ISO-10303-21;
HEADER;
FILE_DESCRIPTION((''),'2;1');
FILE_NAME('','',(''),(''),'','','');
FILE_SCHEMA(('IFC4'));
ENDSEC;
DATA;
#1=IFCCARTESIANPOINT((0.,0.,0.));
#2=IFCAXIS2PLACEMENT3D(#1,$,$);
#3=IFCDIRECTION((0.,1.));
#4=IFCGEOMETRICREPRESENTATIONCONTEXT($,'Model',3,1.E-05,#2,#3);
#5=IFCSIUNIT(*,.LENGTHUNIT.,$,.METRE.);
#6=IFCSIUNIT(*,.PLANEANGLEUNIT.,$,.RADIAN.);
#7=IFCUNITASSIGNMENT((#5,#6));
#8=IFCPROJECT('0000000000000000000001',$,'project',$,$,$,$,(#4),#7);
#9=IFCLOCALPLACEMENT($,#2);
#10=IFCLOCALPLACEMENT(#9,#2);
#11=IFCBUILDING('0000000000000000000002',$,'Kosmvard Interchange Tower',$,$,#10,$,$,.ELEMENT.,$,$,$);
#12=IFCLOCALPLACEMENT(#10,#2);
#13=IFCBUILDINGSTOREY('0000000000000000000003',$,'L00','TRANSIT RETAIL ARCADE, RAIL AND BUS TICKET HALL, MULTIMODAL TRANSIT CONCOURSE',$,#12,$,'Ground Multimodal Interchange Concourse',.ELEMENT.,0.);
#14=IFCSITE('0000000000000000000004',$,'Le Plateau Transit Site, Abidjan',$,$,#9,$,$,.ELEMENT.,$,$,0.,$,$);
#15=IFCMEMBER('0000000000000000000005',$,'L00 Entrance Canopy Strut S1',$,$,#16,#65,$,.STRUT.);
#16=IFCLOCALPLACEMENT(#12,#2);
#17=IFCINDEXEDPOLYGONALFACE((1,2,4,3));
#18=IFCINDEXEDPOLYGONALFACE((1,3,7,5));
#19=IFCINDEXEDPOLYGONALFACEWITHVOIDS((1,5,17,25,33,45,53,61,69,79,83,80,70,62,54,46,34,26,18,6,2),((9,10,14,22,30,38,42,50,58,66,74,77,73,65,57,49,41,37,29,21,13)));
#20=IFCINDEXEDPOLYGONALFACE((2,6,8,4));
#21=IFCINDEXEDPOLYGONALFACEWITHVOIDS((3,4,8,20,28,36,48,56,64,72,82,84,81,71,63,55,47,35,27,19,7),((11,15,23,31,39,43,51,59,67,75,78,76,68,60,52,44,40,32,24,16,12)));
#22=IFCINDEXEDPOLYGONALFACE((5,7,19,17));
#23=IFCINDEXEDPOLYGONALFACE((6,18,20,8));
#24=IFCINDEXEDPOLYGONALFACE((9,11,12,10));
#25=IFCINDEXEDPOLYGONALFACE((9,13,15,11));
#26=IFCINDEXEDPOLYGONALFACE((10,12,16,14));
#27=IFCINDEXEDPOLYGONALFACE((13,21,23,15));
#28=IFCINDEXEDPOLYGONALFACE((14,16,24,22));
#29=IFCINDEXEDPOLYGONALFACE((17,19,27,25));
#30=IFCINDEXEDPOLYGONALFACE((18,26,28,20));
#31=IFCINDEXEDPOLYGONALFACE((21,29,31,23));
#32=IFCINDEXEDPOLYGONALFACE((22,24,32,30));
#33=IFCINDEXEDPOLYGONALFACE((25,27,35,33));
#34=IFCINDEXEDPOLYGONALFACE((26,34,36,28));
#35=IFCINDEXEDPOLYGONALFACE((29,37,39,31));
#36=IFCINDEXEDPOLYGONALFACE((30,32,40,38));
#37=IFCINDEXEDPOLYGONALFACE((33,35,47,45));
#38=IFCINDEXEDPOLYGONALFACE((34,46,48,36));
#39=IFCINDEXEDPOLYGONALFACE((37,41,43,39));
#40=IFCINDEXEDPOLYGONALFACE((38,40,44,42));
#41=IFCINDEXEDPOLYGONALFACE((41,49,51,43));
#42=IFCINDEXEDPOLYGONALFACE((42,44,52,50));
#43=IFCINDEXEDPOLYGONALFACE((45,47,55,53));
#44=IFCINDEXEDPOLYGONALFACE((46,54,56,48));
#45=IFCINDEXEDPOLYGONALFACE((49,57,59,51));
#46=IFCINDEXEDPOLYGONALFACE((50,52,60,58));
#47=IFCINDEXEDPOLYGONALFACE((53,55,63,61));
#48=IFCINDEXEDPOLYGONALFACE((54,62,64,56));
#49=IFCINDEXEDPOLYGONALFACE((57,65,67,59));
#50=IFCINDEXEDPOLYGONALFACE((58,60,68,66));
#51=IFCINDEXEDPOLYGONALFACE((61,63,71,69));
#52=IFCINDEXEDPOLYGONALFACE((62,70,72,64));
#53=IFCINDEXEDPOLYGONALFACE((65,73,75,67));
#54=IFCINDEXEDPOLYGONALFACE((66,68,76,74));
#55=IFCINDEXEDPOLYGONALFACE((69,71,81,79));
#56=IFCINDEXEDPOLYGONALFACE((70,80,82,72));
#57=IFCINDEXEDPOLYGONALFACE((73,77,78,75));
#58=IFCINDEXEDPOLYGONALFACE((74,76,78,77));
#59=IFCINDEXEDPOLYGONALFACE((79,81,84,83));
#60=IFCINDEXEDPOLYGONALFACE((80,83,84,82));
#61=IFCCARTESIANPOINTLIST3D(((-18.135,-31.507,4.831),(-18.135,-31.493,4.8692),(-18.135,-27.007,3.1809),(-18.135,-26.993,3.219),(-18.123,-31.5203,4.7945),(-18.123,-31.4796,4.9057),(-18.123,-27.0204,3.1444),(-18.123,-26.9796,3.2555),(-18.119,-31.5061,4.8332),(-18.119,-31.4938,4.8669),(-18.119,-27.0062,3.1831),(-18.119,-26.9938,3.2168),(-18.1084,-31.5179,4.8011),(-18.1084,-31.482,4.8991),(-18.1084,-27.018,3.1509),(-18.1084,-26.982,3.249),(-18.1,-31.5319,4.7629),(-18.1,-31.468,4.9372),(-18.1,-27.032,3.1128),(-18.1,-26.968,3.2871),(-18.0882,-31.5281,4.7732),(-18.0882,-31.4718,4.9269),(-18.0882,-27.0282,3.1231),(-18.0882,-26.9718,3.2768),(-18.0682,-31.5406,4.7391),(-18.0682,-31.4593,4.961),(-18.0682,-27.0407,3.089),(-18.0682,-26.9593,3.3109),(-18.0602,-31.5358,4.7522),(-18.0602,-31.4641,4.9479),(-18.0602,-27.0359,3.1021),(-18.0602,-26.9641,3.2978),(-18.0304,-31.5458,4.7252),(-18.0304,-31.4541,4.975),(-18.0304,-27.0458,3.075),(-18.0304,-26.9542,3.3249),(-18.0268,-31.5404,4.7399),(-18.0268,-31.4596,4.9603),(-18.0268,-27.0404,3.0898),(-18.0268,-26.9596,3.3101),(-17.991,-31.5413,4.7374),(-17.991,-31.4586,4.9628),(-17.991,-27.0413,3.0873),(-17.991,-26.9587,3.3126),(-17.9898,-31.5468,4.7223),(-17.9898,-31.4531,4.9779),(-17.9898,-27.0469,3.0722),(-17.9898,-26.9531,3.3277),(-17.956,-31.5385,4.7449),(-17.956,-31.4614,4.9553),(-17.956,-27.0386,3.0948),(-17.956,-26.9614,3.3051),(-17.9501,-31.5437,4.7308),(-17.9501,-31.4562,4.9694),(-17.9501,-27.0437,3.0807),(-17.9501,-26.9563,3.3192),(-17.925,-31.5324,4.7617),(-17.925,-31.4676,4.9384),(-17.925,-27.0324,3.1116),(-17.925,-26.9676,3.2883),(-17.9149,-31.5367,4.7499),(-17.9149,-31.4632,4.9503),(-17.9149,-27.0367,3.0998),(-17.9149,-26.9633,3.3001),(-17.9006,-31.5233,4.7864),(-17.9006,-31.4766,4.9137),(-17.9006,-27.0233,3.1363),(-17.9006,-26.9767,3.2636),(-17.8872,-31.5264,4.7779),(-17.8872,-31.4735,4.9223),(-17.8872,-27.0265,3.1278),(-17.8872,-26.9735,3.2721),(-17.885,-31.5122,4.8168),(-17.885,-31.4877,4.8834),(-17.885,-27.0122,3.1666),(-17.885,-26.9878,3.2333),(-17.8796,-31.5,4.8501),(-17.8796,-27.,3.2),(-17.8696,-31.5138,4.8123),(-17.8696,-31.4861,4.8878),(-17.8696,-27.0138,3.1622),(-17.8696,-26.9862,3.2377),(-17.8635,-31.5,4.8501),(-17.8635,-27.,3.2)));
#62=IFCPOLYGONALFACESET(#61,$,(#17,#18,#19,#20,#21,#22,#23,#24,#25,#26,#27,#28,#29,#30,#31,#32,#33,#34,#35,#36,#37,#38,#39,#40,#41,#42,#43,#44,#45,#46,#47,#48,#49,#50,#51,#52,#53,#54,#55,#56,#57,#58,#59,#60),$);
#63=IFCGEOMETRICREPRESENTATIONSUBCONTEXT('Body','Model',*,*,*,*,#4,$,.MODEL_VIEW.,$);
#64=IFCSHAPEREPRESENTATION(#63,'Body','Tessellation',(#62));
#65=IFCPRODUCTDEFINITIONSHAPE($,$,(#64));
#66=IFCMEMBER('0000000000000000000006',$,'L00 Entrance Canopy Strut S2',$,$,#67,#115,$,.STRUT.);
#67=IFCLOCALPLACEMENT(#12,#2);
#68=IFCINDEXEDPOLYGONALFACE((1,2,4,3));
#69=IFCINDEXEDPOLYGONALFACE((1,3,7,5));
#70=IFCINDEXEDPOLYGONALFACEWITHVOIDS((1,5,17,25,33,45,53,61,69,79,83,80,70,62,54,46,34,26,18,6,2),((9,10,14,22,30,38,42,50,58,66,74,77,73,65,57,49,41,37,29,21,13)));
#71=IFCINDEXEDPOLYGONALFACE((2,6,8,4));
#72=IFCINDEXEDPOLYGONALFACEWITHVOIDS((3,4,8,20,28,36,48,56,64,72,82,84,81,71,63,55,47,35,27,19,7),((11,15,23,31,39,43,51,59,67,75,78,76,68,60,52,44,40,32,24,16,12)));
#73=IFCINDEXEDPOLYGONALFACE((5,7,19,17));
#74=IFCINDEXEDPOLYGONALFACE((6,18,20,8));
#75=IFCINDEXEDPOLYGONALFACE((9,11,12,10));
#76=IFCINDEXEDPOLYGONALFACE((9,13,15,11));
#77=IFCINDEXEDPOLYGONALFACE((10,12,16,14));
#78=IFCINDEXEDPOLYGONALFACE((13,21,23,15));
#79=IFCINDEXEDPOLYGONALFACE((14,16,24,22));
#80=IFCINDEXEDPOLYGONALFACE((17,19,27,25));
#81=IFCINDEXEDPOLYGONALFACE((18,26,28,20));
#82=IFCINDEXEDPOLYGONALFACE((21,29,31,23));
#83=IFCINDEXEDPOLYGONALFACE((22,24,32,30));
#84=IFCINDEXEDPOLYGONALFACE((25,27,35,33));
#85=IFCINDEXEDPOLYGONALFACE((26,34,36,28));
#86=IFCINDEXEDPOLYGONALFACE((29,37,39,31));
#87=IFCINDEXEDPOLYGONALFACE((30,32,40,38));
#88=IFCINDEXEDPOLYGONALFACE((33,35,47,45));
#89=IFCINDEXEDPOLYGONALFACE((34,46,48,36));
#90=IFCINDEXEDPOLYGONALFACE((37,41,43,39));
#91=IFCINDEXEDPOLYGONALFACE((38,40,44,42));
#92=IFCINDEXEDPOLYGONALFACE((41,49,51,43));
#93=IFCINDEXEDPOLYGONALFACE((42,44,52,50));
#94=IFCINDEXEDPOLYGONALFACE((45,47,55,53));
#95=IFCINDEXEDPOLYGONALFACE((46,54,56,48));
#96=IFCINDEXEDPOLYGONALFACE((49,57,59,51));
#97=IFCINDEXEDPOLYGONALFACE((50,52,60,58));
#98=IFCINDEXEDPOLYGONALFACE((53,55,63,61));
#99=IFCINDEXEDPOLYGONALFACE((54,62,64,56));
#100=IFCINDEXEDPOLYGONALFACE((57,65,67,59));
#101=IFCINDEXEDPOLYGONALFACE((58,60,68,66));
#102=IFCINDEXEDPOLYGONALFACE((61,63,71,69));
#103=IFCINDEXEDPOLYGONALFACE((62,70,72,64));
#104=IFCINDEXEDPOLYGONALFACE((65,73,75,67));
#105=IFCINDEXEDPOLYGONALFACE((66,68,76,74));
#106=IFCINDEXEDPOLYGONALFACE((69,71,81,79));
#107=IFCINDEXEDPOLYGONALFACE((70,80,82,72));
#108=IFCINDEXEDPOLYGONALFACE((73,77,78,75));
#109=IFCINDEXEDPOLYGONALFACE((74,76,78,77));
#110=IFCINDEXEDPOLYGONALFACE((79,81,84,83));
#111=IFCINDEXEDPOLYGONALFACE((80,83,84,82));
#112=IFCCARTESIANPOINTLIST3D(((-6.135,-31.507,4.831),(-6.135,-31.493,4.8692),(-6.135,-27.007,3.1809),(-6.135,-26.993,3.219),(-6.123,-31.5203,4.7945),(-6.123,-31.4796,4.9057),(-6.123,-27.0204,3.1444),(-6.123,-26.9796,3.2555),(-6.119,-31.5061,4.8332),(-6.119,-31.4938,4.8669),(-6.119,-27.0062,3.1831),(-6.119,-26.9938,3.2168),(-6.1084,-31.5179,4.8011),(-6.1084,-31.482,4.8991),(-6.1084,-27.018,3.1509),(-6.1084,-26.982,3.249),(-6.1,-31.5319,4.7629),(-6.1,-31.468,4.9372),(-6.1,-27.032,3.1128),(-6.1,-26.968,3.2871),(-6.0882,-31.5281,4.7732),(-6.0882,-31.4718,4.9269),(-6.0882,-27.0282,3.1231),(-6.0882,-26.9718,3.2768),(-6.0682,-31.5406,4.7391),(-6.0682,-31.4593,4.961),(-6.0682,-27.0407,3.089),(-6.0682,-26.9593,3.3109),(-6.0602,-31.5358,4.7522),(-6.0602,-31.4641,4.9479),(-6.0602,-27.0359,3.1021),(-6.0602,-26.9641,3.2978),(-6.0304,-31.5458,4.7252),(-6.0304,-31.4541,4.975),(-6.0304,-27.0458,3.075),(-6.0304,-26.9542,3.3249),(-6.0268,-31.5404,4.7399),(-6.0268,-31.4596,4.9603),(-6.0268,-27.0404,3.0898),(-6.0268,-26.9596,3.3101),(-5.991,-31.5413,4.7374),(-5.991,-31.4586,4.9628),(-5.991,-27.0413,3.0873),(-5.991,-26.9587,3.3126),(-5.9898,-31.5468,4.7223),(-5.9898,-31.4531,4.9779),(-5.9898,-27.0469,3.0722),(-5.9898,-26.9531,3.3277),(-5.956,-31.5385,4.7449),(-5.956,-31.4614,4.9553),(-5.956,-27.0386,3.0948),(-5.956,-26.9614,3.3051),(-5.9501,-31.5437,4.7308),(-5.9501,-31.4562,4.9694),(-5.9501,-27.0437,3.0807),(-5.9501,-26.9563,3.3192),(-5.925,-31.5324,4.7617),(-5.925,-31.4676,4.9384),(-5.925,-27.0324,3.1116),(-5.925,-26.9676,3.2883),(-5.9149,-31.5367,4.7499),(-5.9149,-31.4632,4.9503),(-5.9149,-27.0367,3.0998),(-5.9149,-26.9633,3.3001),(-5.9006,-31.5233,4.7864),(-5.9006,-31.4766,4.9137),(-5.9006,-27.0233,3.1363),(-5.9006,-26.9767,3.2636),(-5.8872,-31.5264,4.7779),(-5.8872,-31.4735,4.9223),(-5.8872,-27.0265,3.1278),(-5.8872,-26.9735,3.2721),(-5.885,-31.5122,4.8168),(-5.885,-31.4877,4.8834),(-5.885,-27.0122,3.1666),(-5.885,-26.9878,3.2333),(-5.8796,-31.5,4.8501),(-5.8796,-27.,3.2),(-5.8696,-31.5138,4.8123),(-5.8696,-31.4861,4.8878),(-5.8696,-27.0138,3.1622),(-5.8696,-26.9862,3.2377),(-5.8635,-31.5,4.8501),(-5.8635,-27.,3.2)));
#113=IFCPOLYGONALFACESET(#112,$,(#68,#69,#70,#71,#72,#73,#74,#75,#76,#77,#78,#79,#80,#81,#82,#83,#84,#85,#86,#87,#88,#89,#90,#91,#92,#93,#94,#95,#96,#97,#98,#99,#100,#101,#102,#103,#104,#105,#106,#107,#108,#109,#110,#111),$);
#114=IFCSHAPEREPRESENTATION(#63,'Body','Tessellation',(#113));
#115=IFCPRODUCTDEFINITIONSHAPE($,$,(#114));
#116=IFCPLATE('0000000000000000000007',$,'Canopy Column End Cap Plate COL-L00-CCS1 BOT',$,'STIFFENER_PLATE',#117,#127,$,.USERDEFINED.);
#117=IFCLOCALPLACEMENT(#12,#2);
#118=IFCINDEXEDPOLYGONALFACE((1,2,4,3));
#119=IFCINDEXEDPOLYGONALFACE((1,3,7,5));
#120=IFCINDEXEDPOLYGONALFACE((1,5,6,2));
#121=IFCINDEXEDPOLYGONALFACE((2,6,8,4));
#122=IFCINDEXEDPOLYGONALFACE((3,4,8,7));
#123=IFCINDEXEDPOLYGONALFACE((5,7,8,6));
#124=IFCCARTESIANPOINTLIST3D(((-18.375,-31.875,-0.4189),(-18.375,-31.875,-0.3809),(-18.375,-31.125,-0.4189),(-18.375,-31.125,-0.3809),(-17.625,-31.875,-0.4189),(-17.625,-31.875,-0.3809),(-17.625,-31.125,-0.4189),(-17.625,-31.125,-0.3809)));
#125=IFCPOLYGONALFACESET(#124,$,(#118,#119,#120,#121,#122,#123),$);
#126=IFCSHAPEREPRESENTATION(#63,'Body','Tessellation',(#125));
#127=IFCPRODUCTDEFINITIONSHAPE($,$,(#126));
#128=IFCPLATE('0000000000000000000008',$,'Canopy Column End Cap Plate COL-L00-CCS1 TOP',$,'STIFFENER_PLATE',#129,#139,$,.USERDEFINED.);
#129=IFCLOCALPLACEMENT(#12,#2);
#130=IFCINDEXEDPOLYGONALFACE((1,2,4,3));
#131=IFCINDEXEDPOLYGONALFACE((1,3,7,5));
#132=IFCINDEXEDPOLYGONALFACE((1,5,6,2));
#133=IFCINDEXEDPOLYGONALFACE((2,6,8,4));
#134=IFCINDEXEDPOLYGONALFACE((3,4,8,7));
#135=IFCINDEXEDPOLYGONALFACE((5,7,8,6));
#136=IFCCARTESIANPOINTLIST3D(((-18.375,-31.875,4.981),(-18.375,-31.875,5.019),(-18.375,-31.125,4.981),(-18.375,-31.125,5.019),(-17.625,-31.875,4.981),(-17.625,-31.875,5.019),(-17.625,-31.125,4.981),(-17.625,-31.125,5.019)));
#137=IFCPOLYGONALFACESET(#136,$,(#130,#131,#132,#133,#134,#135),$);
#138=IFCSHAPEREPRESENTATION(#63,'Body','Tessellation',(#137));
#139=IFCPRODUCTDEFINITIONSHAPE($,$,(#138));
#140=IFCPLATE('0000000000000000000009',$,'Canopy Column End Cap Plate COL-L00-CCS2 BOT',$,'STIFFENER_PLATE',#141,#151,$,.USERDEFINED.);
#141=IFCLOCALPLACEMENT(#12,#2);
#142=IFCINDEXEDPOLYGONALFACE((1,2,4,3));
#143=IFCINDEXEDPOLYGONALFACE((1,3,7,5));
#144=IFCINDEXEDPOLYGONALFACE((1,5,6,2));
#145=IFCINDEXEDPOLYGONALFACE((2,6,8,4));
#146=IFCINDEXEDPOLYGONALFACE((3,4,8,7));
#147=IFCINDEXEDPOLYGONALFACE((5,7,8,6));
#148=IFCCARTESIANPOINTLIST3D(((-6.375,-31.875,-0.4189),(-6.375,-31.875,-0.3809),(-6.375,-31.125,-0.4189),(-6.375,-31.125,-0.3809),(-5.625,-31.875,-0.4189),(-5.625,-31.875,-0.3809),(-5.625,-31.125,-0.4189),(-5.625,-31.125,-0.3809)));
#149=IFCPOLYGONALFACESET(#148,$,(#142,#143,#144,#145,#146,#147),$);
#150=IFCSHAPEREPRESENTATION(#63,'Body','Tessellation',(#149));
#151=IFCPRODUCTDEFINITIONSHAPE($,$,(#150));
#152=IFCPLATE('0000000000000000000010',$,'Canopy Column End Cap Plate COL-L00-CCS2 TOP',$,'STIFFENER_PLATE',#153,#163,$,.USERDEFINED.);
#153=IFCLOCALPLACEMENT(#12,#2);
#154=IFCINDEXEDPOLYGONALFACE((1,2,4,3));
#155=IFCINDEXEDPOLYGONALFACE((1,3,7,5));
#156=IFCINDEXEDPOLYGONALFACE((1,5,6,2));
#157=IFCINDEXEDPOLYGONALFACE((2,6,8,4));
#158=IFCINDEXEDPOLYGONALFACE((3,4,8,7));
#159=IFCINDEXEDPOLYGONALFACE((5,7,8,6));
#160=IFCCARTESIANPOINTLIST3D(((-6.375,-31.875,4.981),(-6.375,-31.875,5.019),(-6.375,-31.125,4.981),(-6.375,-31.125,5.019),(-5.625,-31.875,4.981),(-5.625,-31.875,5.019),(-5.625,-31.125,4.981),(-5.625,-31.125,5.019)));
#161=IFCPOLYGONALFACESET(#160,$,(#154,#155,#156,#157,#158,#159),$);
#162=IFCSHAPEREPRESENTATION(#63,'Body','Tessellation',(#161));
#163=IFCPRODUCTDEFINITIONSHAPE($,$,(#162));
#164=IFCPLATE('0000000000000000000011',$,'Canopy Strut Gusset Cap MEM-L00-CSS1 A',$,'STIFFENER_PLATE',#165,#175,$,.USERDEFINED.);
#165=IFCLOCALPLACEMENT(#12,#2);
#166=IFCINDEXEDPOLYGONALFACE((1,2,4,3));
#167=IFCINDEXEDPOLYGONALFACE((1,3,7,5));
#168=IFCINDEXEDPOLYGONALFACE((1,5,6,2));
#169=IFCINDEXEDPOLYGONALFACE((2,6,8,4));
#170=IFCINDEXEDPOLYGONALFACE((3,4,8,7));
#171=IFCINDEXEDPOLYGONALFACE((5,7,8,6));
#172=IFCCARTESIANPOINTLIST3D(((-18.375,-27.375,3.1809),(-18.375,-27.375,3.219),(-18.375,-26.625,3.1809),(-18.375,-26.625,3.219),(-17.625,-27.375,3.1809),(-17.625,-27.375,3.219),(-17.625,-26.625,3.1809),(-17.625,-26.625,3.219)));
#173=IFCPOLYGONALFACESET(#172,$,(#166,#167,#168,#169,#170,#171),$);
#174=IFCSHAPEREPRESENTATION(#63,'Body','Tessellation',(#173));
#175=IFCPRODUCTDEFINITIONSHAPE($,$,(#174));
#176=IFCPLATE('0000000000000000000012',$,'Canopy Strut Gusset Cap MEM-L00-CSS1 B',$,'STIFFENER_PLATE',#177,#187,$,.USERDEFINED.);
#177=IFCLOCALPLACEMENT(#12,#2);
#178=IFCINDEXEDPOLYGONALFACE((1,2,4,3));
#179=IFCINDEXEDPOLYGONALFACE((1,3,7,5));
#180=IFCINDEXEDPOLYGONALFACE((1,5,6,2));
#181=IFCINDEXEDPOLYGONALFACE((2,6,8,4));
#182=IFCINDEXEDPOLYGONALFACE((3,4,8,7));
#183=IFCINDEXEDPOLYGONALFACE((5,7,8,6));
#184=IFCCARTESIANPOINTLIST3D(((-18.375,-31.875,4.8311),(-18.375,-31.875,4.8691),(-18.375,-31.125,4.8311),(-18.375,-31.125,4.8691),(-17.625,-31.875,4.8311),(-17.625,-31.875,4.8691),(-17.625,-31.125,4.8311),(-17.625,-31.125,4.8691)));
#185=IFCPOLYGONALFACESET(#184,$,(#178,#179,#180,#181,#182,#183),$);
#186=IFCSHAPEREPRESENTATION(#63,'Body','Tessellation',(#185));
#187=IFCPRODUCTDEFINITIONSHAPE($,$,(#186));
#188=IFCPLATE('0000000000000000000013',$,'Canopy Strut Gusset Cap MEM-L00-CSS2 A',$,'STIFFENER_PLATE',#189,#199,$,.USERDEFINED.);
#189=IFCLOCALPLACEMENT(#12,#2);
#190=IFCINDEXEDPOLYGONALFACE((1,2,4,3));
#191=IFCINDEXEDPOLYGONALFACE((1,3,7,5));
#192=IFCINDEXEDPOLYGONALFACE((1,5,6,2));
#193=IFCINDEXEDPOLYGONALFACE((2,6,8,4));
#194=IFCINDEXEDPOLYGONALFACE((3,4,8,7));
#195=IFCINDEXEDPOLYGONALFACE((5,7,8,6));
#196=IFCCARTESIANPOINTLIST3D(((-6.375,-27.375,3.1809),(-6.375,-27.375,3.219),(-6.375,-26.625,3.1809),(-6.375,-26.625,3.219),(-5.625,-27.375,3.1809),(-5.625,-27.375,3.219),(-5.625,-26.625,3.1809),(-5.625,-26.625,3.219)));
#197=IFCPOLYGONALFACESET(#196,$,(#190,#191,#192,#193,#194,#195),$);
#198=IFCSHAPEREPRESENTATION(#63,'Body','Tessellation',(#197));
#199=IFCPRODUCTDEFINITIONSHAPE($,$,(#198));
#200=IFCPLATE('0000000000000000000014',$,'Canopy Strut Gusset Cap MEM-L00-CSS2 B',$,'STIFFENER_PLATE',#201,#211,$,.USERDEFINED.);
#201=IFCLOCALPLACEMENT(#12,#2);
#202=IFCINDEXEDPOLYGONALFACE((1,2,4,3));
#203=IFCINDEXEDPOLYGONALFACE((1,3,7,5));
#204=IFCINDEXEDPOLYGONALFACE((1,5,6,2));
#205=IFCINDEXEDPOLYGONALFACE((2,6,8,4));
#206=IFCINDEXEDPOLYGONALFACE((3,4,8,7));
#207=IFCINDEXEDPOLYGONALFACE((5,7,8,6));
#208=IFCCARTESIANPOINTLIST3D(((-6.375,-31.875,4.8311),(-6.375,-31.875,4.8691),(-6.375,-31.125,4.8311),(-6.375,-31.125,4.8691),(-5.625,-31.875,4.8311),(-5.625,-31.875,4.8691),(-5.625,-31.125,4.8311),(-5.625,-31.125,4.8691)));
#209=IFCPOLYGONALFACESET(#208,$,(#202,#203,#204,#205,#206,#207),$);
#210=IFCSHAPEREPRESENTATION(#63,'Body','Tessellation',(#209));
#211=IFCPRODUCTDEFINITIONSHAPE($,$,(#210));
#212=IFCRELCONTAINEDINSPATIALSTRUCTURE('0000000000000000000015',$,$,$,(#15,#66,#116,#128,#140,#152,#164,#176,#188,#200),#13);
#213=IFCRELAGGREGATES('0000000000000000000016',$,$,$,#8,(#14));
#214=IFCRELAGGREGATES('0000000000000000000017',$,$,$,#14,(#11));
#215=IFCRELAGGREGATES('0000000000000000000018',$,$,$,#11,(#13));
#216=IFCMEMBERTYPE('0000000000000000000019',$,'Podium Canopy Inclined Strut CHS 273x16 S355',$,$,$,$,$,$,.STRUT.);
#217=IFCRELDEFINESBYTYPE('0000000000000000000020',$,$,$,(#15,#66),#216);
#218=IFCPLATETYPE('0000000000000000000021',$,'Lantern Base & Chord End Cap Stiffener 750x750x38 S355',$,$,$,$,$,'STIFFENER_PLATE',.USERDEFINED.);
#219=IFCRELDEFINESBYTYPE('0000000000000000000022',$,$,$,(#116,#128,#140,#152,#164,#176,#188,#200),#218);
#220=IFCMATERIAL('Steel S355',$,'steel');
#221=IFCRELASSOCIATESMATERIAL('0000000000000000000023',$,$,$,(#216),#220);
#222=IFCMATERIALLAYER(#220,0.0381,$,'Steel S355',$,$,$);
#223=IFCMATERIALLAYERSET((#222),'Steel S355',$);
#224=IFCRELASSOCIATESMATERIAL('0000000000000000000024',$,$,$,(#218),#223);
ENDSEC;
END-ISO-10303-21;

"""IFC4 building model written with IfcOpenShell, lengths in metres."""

from ifc_helpers import new_model, si_unit, direction, frame, origin, origin_2d, place, context, subcontext, project, spatial, rectangle, hollow_circle, extrude, source, transform, mapped, material, layer, layer_set, material_profile, profile_set, type_object, element, save


model = new_model("IFC4")

# Units and contexts
model_context = context("Model", 3, precision=1e-05, world=origin(), true_north=direction((0.0, 1.0)))
body_context = subcontext(model_context, "Body", "Model", "MODEL_VIEW")
ifc_project = project(units=[si_unit("LENGTHUNIT", "METRE"), si_unit("PLANEANGLEUNIT", "RADIAN")], contexts=[model_context])

# Site, building, storey
site_placement = place(None, origin())
site = spatial("IfcSite", under=ifc_project, at=site_placement, Name="Le Plateau Transit Site, Abidjan", CompositionType="ELEMENT", RefElevation=0.0)
building_placement = place(site_placement, origin())
building = spatial("IfcBuilding", under=site, at=building_placement, Name="Kosmvard Interchange Tower", CompositionType="ELEMENT")
storey_placement = place(building_placement, origin())
storey = spatial("IfcBuildingStorey", under=building, at=storey_placement, Name="L00", Description="TRANSIT RETAIL ARCADE, RAIL AND BUS TICKET HALL, MULTIMODAL TRANSIT CONCOURSE", LongName="Ground Multimodal Interchange Concourse", CompositionType="ELEMENT", Elevation=0.0)

# Shared definitions
ifc_material_1 = material(Name="Steel S355", Category="steel")

# Members
ifc_material_profile_1 = material_profile(ifc_material_1, hollow_circle(Radius=0.1365, WallThickness=0.0161, at=origin_2d()), Name="CHS 273x16")
ifc_profile_set_1 = profile_set([ifc_material_profile_1], Name="Steel S355")
member_type_1 = type_object("IfcMemberType", Name="Podium Canopy Inclined Strut CHS 273x16 S355", PredefinedType="STRUT", material=ifc_profile_set_1)
shared_shape_1 = source(origin(), body_context, "Body", "SweptSolid", [
    extrude(hollow_circle(Radius=0.1365, WallThickness=0.0161, at=origin_2d()), origin(), (0.0, 0.0, 1.0), 4.793),
])
for number, where, z_axis, x_axis, name in (
    (1, (-18.0, -27.0, 3.2), (0.0, -0.938866, 0.344282), (1.0, 0.0, 0.0), "L00 Entrance Canopy Strut S1"),
    (2, (-6.0, -27.0, 3.2), (0.0, -0.938866, 0.344282), (1.0, 0.0, 0.0), "L00 Entrance Canopy Strut S2"),
):
    element("IfcMember", number, at=place(storey_placement, frame(where, z_axis=z_axis, x_axis=x_axis)), inside=storey, type_object=member_type_1, Name=name, PredefinedType="STRUT", context=body_context, shape_type="MappedRepresentation", body=[
        mapped(shared_shape_1, transform((0.0, 0.0, 0.0), scale=1.0)),
    ])

# Plates
ifc_layer_1 = layer(ifc_material_1, 0.0381, Name="Steel S355")
ifc_layer_set_1 = layer_set([ifc_layer_1], Name="Steel S355")
plate_type = type_object("IfcPlateType", Name="Lantern Base & Chord End Cap Stiffener 750x750x38 S355", ElementType="STIFFENER_PLATE", PredefinedType="USERDEFINED", material=ifc_layer_set_1)
shared_shape_2 = source(origin(), body_context, "Body", "SweptSolid", [
    extrude(rectangle(XDim=0.75, YDim=0.75, at=origin_2d()), origin(), (0.0, 0.0, 1.0), 0.0381),
])
for number, where, z_axis, x_axis, name in (
    (3, (-18.0, -31.5, -0.4189), (0.0, 0.0, 1.0), (1.0, 0.0, 0.0), "Canopy Column End Cap Plate COL-L00-CCS1 BOT"),
    (4, (-18.0, -31.5, 4.981), (0.0, 0.0, 1.0), (1.0, 0.0, 0.0), "Canopy Column End Cap Plate COL-L00-CCS1 TOP"),
    (5, (-6.0, -31.5, -0.4189), (0.0, 0.0, 1.0), (1.0, 0.0, 0.0), "Canopy Column End Cap Plate COL-L00-CCS2 BOT"),
    (6, (-6.0, -31.5, 4.981), (0.0, 0.0, 1.0), (1.0, 0.0, 0.0), "Canopy Column End Cap Plate COL-L00-CCS2 TOP"),
    (7, (-18.0, -27.0, 3.1809), (0.0, 0.0, 1.0), (1.0, 0.0, 0.0), "Canopy Strut Gusset Cap MEM-L00-CSS1 A"),
    (8, (-18.0, -31.5, 4.8311), (0.0, 0.0, 1.0), (1.0, 0.0, 0.0), "Canopy Strut Gusset Cap MEM-L00-CSS1 B"),
    (9, (-6.0, -27.0, 3.1809), (0.0, 0.0, 1.0), (1.0, 0.0, 0.0), "Canopy Strut Gusset Cap MEM-L00-CSS2 A"),
    (10, (-6.0, -31.5, 4.8311), (0.0, 0.0, 1.0), (1.0, 0.0, 0.0), "Canopy Strut Gusset Cap MEM-L00-CSS2 B"),
):
    element("IfcPlate", number, at=place(storey_placement, frame(where, z_axis=z_axis, x_axis=x_axis)), inside=storey, type_object=plate_type, Name=name, ObjectType="STIFFENER_PLATE", PredefinedType="USERDEFINED", context=body_context, shape_type="MappedRepresentation", body=[
        mapped(shared_shape_2, transform((0.0, 0.0, 0.0), scale=1.0)),
    ])

save(model, "model.ifc")
